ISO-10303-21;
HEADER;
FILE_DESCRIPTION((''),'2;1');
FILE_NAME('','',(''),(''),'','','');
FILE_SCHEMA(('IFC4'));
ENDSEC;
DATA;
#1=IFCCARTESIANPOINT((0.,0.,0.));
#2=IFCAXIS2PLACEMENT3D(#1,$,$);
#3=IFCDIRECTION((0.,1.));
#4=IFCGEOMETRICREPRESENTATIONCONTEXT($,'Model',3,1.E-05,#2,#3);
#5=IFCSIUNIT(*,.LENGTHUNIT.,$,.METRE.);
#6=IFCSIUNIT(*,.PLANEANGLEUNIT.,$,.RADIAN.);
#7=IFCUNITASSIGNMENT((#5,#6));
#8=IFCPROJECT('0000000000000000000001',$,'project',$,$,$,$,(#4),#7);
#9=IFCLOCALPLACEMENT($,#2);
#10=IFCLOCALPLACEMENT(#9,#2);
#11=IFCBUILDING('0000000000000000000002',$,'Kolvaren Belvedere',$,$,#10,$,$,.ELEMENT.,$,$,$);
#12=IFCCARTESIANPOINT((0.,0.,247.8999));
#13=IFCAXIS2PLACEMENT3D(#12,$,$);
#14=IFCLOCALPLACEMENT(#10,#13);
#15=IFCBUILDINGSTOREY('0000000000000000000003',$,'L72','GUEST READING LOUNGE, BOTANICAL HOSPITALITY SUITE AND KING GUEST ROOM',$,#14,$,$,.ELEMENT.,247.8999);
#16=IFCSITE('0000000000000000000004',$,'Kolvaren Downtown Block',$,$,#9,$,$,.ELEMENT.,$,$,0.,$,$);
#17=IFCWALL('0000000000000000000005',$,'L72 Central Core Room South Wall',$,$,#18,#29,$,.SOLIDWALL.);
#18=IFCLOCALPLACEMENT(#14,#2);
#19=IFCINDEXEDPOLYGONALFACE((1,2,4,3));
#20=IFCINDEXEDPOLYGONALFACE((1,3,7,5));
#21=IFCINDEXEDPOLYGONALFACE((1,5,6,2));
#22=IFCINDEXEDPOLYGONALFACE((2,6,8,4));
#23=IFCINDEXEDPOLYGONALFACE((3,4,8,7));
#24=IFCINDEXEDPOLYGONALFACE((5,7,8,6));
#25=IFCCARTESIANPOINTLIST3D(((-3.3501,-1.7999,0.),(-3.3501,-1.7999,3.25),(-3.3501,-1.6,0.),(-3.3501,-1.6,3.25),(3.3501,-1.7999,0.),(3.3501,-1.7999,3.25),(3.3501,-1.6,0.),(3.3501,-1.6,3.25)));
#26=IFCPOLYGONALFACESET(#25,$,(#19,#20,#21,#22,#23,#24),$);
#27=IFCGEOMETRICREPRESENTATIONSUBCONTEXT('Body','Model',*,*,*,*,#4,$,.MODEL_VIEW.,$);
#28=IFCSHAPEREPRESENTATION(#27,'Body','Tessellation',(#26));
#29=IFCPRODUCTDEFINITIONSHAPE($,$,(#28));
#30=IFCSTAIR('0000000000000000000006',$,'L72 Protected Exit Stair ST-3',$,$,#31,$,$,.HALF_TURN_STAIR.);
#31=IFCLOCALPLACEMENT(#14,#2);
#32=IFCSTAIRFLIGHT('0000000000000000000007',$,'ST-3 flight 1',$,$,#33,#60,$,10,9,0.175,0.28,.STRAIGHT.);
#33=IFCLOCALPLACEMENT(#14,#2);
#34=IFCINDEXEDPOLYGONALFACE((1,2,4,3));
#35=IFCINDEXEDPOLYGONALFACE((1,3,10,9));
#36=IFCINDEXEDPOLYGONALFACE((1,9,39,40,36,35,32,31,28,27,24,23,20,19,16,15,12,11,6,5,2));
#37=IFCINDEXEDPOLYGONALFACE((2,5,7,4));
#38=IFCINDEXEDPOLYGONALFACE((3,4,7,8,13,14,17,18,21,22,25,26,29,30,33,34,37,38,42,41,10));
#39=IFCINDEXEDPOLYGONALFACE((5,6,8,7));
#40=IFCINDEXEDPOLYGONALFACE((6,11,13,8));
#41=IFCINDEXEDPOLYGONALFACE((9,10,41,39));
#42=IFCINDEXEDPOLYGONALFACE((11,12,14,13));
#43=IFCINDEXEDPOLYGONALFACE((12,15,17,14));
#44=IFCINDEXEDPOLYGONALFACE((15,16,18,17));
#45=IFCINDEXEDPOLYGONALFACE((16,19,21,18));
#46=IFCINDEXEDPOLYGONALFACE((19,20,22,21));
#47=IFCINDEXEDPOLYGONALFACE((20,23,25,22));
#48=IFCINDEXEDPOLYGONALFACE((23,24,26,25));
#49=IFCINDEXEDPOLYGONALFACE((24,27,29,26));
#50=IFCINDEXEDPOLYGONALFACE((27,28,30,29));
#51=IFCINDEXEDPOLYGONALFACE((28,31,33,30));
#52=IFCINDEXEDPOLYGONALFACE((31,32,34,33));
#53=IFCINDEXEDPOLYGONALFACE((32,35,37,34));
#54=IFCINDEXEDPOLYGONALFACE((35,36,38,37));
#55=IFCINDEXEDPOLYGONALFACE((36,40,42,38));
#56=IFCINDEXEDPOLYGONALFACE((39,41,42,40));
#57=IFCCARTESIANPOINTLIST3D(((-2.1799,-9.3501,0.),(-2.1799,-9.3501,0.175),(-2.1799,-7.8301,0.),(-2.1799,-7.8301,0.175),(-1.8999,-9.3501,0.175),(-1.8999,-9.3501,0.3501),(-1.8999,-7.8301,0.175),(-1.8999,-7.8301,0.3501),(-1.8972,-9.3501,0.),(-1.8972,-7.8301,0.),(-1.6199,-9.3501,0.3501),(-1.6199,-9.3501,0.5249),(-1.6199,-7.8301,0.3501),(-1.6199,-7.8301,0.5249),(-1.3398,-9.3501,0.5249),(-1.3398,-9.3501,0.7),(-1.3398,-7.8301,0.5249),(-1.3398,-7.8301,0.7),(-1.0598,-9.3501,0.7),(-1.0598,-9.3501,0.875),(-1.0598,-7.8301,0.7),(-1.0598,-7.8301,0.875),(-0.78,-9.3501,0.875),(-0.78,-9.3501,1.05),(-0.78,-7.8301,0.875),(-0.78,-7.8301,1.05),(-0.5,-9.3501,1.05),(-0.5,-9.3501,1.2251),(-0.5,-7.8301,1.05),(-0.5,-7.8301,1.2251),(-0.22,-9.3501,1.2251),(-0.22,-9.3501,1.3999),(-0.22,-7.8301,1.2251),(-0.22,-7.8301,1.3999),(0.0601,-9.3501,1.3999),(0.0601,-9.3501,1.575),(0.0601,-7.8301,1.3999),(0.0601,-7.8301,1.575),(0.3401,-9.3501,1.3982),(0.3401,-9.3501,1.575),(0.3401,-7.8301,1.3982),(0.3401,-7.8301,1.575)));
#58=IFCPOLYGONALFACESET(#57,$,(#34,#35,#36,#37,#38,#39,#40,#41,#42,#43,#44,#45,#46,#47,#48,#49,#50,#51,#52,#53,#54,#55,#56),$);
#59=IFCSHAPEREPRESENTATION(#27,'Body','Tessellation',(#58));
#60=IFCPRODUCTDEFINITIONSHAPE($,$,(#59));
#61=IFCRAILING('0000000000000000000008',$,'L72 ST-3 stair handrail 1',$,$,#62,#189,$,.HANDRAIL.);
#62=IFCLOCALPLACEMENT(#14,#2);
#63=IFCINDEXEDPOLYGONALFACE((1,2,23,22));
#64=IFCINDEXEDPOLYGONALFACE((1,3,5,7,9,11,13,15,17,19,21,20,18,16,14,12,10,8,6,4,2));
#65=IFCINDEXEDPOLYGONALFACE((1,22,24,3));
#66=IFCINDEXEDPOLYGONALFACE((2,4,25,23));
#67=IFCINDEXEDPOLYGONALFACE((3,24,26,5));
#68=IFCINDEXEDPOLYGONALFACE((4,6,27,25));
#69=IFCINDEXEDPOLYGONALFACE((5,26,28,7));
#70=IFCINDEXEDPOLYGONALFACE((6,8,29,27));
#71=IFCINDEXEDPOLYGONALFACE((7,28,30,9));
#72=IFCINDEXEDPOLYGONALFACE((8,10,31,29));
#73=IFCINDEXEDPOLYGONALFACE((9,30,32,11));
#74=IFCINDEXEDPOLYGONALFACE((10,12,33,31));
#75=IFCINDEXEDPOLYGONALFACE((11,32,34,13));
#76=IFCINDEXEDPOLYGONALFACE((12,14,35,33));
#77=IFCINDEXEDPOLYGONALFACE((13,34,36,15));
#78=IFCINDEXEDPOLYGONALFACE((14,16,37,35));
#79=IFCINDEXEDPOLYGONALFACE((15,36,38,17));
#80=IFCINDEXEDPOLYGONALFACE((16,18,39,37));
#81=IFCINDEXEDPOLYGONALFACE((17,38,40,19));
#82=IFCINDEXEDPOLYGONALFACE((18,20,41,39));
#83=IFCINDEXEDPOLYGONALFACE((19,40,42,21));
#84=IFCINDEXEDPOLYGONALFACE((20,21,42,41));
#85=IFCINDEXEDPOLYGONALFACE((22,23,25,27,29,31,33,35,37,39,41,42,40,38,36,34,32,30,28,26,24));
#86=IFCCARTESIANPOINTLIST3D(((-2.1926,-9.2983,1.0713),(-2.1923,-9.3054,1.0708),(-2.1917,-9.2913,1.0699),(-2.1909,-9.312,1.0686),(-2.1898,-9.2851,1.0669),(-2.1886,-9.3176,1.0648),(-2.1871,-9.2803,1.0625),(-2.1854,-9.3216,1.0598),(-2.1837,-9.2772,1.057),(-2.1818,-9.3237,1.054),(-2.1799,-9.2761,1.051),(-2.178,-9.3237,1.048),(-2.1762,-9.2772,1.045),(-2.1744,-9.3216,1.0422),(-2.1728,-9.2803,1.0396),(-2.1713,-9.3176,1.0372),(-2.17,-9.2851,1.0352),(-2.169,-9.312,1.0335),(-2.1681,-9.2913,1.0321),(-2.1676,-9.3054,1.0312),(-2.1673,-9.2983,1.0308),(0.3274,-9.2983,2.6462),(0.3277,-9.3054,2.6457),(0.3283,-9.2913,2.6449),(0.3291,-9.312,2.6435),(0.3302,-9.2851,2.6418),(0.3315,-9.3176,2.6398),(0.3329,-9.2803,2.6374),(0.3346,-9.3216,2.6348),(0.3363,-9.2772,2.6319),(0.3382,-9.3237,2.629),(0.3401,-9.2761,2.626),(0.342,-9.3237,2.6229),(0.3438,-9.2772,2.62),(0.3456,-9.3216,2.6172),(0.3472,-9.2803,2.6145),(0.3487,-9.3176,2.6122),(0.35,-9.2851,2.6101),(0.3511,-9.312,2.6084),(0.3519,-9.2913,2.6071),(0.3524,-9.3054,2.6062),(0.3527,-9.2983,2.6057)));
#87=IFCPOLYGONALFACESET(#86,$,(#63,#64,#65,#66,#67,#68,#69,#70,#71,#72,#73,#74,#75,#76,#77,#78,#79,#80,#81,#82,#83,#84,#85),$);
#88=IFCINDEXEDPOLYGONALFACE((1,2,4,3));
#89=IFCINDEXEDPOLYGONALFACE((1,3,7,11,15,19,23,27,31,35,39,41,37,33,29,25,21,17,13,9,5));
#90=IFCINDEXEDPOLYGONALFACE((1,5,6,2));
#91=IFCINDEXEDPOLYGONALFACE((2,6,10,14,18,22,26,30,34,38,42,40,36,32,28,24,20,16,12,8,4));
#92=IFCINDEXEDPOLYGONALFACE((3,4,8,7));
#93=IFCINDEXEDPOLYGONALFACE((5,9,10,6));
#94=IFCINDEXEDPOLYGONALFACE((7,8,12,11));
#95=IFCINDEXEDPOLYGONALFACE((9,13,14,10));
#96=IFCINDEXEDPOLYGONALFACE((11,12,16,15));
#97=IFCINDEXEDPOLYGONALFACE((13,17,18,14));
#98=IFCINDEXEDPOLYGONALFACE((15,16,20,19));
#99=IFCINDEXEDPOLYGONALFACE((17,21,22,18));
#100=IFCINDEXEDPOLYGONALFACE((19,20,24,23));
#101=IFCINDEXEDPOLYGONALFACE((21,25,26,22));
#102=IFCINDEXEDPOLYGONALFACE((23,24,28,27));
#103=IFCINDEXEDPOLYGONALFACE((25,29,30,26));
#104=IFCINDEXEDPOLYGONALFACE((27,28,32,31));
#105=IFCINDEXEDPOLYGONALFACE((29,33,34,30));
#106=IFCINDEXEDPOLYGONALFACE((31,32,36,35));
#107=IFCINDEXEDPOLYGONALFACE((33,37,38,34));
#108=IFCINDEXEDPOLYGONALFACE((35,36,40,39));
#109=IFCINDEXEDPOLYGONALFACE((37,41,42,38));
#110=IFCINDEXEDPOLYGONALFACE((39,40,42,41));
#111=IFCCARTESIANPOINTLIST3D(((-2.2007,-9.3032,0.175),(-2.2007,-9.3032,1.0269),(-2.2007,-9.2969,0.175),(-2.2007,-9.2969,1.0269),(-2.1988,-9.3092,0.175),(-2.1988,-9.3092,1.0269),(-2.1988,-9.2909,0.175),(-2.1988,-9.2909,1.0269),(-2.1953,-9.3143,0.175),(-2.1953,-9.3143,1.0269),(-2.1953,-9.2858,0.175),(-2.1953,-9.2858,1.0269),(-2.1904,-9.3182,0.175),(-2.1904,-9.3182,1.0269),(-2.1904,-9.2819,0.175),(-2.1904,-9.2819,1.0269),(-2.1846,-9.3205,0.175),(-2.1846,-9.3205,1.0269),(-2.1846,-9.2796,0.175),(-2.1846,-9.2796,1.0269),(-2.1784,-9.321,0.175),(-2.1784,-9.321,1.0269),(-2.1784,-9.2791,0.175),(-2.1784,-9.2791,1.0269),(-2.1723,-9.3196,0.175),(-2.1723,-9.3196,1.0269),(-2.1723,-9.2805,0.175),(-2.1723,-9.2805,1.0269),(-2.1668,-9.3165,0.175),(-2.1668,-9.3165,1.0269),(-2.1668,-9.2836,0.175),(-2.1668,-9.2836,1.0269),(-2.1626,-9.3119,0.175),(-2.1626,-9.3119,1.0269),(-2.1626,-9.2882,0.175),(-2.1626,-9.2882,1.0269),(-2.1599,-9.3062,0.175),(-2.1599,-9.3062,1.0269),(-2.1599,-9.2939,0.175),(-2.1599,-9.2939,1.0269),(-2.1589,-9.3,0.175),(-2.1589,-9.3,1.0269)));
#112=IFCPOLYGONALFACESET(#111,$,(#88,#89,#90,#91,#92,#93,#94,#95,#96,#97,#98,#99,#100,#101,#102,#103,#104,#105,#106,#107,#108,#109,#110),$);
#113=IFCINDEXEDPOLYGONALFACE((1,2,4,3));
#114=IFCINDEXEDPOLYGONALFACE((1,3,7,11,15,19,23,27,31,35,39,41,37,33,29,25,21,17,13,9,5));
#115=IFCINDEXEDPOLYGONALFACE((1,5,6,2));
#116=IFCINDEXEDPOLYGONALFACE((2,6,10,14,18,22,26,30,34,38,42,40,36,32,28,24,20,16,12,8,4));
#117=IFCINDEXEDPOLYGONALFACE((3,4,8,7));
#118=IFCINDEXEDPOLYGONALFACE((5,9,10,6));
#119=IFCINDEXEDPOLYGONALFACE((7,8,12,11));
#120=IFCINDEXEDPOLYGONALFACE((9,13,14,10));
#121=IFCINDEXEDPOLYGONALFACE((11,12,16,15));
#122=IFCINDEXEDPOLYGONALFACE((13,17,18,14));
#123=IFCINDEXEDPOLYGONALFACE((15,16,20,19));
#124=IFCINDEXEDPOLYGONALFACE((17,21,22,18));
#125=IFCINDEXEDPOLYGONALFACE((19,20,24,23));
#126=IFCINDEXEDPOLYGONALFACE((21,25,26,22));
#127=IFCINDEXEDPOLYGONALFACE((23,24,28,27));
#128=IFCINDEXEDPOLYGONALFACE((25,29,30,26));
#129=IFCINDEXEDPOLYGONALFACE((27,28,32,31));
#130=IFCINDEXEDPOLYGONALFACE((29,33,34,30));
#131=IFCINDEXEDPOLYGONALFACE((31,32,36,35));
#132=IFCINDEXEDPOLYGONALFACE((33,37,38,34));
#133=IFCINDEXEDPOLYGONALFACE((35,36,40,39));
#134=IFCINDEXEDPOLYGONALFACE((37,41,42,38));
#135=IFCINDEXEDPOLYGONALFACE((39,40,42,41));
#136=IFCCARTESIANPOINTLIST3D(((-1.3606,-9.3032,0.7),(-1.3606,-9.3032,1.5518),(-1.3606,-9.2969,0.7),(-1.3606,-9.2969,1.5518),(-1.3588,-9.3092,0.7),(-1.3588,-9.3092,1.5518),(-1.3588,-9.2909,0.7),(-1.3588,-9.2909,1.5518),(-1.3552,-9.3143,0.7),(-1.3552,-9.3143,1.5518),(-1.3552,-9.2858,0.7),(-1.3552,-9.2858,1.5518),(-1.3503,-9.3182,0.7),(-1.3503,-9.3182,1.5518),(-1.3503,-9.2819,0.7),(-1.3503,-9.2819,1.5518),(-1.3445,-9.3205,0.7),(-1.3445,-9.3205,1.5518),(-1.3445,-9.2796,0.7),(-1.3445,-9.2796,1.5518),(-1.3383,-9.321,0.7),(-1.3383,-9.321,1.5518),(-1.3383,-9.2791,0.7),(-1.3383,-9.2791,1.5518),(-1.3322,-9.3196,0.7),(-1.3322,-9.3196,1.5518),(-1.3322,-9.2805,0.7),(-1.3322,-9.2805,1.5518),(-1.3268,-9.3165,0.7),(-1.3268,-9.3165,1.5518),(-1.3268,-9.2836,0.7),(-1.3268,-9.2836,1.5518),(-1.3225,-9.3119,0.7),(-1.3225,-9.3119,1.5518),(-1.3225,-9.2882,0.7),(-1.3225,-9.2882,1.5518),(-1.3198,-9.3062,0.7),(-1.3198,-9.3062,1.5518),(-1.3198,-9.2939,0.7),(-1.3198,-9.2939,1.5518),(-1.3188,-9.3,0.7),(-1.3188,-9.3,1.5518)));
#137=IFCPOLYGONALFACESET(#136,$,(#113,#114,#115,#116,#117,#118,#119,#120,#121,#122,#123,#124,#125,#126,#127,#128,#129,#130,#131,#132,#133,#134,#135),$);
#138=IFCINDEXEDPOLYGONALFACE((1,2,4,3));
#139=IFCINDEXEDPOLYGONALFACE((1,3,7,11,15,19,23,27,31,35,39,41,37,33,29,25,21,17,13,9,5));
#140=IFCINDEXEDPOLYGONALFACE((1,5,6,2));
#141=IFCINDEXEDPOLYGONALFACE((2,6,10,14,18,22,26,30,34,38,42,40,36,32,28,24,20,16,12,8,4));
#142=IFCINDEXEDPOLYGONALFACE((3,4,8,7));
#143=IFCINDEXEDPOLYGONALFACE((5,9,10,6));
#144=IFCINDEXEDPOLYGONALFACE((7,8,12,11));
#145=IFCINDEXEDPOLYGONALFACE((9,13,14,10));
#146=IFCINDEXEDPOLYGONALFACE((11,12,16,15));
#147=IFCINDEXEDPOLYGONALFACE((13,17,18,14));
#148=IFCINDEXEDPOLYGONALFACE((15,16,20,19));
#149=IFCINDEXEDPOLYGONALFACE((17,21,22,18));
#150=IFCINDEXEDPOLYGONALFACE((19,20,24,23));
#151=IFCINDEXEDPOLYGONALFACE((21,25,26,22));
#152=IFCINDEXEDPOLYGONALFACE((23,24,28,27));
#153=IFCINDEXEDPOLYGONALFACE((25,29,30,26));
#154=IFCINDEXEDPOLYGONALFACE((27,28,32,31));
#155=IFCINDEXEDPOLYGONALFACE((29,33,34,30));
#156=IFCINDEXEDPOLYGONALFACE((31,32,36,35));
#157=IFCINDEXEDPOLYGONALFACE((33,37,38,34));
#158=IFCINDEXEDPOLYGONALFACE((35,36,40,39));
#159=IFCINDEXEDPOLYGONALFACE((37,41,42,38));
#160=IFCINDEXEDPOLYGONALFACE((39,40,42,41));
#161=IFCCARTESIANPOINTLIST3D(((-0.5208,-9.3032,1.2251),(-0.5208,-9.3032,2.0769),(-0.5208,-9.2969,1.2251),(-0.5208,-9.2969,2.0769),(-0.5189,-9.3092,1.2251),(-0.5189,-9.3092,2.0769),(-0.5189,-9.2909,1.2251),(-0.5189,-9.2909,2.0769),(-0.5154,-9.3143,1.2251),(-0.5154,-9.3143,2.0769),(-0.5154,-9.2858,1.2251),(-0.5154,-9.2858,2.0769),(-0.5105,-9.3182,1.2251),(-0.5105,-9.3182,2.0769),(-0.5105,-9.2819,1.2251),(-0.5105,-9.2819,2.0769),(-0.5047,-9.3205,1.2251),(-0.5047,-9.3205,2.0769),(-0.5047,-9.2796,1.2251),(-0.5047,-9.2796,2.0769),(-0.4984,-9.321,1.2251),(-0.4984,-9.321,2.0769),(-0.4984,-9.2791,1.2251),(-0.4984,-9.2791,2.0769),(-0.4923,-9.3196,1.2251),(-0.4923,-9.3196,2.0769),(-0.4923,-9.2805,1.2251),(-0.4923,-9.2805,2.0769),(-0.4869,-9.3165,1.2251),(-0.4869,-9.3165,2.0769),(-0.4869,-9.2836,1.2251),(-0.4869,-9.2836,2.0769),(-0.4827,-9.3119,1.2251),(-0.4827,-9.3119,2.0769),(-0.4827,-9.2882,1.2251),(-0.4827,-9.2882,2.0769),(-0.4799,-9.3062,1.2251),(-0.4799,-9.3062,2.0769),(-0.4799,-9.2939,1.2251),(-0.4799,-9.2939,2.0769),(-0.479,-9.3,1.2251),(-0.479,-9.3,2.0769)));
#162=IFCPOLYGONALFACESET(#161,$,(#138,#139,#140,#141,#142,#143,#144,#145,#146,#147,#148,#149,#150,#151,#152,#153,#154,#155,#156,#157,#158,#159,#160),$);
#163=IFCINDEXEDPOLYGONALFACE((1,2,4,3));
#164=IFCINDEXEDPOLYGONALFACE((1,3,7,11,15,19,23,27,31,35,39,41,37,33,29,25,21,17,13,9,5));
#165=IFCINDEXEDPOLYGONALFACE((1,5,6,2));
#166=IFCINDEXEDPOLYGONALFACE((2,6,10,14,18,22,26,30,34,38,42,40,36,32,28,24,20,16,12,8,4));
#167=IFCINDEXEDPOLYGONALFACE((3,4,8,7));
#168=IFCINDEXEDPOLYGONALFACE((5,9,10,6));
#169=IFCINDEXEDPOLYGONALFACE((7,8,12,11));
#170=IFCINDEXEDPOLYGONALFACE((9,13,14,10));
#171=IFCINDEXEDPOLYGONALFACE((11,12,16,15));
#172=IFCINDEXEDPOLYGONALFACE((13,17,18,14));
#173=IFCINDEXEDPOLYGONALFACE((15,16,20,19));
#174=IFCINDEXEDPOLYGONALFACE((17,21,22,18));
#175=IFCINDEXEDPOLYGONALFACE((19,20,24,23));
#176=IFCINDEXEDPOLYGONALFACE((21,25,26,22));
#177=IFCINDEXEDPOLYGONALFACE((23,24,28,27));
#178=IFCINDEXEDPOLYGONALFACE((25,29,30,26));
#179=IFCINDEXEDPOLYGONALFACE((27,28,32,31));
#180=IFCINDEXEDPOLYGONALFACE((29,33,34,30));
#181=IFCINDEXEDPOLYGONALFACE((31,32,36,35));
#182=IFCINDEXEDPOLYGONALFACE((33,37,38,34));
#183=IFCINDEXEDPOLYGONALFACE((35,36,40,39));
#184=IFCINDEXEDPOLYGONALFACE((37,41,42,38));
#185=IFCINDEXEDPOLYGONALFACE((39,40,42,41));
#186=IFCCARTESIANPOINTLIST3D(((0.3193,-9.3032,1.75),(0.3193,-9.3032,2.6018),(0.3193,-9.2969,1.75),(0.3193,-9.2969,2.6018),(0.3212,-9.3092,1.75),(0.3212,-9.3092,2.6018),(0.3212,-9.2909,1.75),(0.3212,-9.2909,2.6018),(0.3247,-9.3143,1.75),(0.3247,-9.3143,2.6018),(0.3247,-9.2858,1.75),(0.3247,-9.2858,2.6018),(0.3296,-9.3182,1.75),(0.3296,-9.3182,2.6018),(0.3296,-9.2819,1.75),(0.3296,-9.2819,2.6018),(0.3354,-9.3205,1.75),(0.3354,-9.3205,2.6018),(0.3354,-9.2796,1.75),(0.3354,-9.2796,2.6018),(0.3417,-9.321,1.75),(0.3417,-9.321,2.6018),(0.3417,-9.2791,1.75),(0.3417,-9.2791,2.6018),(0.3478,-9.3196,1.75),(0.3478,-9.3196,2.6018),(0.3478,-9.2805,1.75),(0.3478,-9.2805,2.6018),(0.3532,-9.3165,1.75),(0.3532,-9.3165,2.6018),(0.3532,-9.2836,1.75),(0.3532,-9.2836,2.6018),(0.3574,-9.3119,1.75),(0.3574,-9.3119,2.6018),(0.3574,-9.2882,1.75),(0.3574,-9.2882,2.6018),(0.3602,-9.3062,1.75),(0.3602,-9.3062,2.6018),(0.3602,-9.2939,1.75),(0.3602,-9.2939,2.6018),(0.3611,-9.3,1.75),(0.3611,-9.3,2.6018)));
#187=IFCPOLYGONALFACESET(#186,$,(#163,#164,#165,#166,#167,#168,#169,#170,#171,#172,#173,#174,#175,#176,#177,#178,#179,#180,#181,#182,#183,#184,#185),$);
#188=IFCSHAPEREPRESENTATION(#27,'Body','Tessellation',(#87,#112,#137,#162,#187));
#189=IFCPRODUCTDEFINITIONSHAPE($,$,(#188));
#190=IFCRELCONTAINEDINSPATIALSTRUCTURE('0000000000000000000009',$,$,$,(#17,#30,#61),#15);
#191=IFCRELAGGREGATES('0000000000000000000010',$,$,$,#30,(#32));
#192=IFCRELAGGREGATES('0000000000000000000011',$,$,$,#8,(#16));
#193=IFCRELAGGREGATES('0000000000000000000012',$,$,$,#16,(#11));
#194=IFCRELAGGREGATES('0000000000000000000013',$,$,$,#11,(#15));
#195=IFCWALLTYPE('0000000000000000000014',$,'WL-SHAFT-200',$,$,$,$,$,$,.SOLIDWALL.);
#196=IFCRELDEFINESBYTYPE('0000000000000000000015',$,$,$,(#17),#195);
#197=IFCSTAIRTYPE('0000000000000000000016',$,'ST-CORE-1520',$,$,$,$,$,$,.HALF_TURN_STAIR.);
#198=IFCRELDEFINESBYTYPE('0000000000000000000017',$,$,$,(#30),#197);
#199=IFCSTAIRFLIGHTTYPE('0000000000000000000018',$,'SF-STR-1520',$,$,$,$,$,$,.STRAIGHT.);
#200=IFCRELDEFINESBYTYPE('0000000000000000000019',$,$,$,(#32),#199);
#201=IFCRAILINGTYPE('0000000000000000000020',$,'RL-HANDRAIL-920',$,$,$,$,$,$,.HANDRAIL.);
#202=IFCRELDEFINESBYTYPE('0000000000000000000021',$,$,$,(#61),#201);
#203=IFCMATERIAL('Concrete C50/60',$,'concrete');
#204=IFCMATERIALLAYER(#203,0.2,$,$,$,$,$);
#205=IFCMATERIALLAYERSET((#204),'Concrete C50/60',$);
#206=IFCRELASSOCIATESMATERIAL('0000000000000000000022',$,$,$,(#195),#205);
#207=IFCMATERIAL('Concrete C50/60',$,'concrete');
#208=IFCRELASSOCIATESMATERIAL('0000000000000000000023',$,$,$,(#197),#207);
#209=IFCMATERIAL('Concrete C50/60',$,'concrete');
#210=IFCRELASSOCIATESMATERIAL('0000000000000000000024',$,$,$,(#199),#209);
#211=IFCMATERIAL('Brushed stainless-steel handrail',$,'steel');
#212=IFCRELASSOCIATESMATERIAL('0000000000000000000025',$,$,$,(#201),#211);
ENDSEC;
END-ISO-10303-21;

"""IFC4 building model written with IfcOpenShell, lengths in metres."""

from ifc_helpers import new_model, si_unit, direction, frame, frame_2d, origin, origin_2d, place, context, subcontext, project, spatial, polyline, rectangle, circle, outline, extrude, material, layer, layer_set, type_object, element, aggregate, save


model = new_model("IFC4")

# Units and contexts
model_context = context("Model", 3, precision=1e-05, world=origin(), true_north=direction((0.0, 1.0)))
body_context = subcontext(model_context, "Body", "Model", "MODEL_VIEW")
ifc_project = project(units=[si_unit("LENGTHUNIT", "METRE"), si_unit("PLANEANGLEUNIT", "RADIAN")], contexts=[model_context])

# Site, building, storey
site_placement = place(None, origin())
site = spatial("IfcSite", under=ifc_project, at=site_placement, Name="Kolvaren Downtown Block", CompositionType="ELEMENT", RefElevation=0.0)
building_placement = place(site_placement, origin())
building = spatial("IfcBuilding", under=site, at=building_placement, Name="Kolvaren Belvedere", CompositionType="ELEMENT")
storey_placement = place(building_placement, frame((0.0, 0.0, 247.8999)))
storey = spatial("IfcBuildingStorey", under=building, at=storey_placement, Name="L72", Description="GUEST READING LOUNGE, BOTANICAL HOSPITALITY SUITE AND KING GUEST ROOM", CompositionType="ELEMENT", Elevation=247.8999)

# Shared definitions
ifc_material_1 = material(Name="Concrete C50/60", Category="concrete")
ifc_layer_1 = layer(ifc_material_1, 0.2)
ifc_layer_set_1 = layer_set([ifc_layer_1], Name="Concrete C50/60")
wall_type_1 = type_object("IfcWallType", Name="WL-SHAFT-200", PredefinedType="SOLIDWALL", material=ifc_layer_set_1)

# Wall
wall_1_placement = place(storey_placement, frame((-3.3501, -1.7, 0.0), z_axis=(0.0, 0.0, 1.0), x_axis=(1.0, 0.0, 0.0)))
element("IfcWall", 1, at=wall_1_placement, inside=storey, type_object=wall_type_1, Name="L72 Central Core Room South Wall", PredefinedType="SOLIDWALL", context=body_context, shape_type="SweptSolid", body=[
    extrude(rectangle(XDim=6.7002, YDim=0.2, at=frame_2d((3.3501, 0.0))), origin(), (0.0, 0.0, 1.0), 3.25),
])

# Stair, stair flight
ifc_material_2 = material(Name="Concrete C50/60", Category="concrete")
stair_type = type_object("IfcStairType", Name="ST-CORE-1520", PredefinedType="HALF_TURN_STAIR", material=ifc_material_2)
stair_placement = place(storey_placement, origin())
stair = element("IfcStair", 2, at=stair_placement, inside=storey, type_object=stair_type, Name="L72 Protected Exit Stair ST-3", PredefinedType="HALF_TURN_STAIR")
ifc_material_3 = material(Name="Concrete C50/60", Category="concrete")
stair_flight_type = type_object("IfcStairFlightType", Name="SF-STR-1520", PredefinedType="STRAIGHT", material=ifc_material_3)
stair_flight_placement = place(storey_placement, frame((-2.1799, -8.5901, 0.0), z_axis=(0.0, 0.0, 1.0), x_axis=(1.0, 0.0, 0.0)))
stair_flight = element("IfcStairFlight", 3, at=stair_flight_placement, type_object=stair_flight_type, Name="ST-3 flight 1", NumberOfRisers=10, NumberOfTreads=9, PredefinedType="STRAIGHT", RiserHeight=0.175, TreadLength=0.28, context=body_context, shape_type="SweptSolid", body=[
    extrude(outline(polyline([(0.0, 0.0), (0.0, 0.175), (0.28, 0.175), (0.28, 0.3501), (0.5601, 0.3501), (0.5601, 0.5249), (0.8401, 0.5249), (0.8401, 0.7), (1.1201, 0.7), (1.1201, 0.875), (1.3999, 0.875), (1.3999, 1.05), (1.6799, 1.05), (1.6799, 1.2251), (1.96, 1.2251), (1.96, 1.3999), (2.24, 1.3999), (2.24, 1.575), (2.52, 1.575), (2.52, 1.75), (2.52, 1.3982), (0.2827, 0.0), (0.0, 0.0)])), frame((0.0, 0.76, 0.0), z_axis=(0.0, -1.0, 0.0), x_axis=(1.0, 0.0, 0.0)), (0.0, 0.0, 1.0), 1.52),
])
aggregate(stair, [stair_flight])

# Railing
ifc_material_4 = material(Name="Brushed stainless-steel handrail", Category="steel")
railing_type_1 = type_object("IfcRailingType", Name="RL-HANDRAIL-920", PredefinedType="HANDRAIL", material=ifc_material_4)
railing_1_placement = place(storey_placement, frame((-2.1799, -9.3, 0.175)))
element("IfcRailing", 4, at=railing_1_placement, inside=storey, type_object=railing_type_1, Name="L72 ST-3 stair handrail 1", PredefinedType="HANDRAIL", context=body_context, shape_type="SweptSolid", body=[
    extrude(circle(Radius=0.0239, at=origin_2d()), frame((0.0, 0.0, 0.876), z_axis=(0.848008, 0.0, 0.529984), x_axis=(0.0, 1.0, 0.0)), (0.0, 0.0, 1.0), 2.9717),
    extrude(circle(Radius=0.021, at=origin_2d()), origin(), (0.0, 0.0, 1.0), 0.8518),
    extrude(circle(Radius=0.021, at=origin_2d()), frame((0.8401, 0.0, 0.5249)), (0.0, 0.0, 1.0), 0.8518),
    extrude(circle(Radius=0.021, at=origin_2d()), frame((1.6799, 0.0, 1.05)), (0.0, 0.0, 1.0), 0.8518),
    extrude(circle(Radius=0.021, at=origin_2d()), frame((2.52, 0.0, 1.575)), (0.0, 0.0, 1.0), 0.8518),
])

save(model, "model.ifc")
